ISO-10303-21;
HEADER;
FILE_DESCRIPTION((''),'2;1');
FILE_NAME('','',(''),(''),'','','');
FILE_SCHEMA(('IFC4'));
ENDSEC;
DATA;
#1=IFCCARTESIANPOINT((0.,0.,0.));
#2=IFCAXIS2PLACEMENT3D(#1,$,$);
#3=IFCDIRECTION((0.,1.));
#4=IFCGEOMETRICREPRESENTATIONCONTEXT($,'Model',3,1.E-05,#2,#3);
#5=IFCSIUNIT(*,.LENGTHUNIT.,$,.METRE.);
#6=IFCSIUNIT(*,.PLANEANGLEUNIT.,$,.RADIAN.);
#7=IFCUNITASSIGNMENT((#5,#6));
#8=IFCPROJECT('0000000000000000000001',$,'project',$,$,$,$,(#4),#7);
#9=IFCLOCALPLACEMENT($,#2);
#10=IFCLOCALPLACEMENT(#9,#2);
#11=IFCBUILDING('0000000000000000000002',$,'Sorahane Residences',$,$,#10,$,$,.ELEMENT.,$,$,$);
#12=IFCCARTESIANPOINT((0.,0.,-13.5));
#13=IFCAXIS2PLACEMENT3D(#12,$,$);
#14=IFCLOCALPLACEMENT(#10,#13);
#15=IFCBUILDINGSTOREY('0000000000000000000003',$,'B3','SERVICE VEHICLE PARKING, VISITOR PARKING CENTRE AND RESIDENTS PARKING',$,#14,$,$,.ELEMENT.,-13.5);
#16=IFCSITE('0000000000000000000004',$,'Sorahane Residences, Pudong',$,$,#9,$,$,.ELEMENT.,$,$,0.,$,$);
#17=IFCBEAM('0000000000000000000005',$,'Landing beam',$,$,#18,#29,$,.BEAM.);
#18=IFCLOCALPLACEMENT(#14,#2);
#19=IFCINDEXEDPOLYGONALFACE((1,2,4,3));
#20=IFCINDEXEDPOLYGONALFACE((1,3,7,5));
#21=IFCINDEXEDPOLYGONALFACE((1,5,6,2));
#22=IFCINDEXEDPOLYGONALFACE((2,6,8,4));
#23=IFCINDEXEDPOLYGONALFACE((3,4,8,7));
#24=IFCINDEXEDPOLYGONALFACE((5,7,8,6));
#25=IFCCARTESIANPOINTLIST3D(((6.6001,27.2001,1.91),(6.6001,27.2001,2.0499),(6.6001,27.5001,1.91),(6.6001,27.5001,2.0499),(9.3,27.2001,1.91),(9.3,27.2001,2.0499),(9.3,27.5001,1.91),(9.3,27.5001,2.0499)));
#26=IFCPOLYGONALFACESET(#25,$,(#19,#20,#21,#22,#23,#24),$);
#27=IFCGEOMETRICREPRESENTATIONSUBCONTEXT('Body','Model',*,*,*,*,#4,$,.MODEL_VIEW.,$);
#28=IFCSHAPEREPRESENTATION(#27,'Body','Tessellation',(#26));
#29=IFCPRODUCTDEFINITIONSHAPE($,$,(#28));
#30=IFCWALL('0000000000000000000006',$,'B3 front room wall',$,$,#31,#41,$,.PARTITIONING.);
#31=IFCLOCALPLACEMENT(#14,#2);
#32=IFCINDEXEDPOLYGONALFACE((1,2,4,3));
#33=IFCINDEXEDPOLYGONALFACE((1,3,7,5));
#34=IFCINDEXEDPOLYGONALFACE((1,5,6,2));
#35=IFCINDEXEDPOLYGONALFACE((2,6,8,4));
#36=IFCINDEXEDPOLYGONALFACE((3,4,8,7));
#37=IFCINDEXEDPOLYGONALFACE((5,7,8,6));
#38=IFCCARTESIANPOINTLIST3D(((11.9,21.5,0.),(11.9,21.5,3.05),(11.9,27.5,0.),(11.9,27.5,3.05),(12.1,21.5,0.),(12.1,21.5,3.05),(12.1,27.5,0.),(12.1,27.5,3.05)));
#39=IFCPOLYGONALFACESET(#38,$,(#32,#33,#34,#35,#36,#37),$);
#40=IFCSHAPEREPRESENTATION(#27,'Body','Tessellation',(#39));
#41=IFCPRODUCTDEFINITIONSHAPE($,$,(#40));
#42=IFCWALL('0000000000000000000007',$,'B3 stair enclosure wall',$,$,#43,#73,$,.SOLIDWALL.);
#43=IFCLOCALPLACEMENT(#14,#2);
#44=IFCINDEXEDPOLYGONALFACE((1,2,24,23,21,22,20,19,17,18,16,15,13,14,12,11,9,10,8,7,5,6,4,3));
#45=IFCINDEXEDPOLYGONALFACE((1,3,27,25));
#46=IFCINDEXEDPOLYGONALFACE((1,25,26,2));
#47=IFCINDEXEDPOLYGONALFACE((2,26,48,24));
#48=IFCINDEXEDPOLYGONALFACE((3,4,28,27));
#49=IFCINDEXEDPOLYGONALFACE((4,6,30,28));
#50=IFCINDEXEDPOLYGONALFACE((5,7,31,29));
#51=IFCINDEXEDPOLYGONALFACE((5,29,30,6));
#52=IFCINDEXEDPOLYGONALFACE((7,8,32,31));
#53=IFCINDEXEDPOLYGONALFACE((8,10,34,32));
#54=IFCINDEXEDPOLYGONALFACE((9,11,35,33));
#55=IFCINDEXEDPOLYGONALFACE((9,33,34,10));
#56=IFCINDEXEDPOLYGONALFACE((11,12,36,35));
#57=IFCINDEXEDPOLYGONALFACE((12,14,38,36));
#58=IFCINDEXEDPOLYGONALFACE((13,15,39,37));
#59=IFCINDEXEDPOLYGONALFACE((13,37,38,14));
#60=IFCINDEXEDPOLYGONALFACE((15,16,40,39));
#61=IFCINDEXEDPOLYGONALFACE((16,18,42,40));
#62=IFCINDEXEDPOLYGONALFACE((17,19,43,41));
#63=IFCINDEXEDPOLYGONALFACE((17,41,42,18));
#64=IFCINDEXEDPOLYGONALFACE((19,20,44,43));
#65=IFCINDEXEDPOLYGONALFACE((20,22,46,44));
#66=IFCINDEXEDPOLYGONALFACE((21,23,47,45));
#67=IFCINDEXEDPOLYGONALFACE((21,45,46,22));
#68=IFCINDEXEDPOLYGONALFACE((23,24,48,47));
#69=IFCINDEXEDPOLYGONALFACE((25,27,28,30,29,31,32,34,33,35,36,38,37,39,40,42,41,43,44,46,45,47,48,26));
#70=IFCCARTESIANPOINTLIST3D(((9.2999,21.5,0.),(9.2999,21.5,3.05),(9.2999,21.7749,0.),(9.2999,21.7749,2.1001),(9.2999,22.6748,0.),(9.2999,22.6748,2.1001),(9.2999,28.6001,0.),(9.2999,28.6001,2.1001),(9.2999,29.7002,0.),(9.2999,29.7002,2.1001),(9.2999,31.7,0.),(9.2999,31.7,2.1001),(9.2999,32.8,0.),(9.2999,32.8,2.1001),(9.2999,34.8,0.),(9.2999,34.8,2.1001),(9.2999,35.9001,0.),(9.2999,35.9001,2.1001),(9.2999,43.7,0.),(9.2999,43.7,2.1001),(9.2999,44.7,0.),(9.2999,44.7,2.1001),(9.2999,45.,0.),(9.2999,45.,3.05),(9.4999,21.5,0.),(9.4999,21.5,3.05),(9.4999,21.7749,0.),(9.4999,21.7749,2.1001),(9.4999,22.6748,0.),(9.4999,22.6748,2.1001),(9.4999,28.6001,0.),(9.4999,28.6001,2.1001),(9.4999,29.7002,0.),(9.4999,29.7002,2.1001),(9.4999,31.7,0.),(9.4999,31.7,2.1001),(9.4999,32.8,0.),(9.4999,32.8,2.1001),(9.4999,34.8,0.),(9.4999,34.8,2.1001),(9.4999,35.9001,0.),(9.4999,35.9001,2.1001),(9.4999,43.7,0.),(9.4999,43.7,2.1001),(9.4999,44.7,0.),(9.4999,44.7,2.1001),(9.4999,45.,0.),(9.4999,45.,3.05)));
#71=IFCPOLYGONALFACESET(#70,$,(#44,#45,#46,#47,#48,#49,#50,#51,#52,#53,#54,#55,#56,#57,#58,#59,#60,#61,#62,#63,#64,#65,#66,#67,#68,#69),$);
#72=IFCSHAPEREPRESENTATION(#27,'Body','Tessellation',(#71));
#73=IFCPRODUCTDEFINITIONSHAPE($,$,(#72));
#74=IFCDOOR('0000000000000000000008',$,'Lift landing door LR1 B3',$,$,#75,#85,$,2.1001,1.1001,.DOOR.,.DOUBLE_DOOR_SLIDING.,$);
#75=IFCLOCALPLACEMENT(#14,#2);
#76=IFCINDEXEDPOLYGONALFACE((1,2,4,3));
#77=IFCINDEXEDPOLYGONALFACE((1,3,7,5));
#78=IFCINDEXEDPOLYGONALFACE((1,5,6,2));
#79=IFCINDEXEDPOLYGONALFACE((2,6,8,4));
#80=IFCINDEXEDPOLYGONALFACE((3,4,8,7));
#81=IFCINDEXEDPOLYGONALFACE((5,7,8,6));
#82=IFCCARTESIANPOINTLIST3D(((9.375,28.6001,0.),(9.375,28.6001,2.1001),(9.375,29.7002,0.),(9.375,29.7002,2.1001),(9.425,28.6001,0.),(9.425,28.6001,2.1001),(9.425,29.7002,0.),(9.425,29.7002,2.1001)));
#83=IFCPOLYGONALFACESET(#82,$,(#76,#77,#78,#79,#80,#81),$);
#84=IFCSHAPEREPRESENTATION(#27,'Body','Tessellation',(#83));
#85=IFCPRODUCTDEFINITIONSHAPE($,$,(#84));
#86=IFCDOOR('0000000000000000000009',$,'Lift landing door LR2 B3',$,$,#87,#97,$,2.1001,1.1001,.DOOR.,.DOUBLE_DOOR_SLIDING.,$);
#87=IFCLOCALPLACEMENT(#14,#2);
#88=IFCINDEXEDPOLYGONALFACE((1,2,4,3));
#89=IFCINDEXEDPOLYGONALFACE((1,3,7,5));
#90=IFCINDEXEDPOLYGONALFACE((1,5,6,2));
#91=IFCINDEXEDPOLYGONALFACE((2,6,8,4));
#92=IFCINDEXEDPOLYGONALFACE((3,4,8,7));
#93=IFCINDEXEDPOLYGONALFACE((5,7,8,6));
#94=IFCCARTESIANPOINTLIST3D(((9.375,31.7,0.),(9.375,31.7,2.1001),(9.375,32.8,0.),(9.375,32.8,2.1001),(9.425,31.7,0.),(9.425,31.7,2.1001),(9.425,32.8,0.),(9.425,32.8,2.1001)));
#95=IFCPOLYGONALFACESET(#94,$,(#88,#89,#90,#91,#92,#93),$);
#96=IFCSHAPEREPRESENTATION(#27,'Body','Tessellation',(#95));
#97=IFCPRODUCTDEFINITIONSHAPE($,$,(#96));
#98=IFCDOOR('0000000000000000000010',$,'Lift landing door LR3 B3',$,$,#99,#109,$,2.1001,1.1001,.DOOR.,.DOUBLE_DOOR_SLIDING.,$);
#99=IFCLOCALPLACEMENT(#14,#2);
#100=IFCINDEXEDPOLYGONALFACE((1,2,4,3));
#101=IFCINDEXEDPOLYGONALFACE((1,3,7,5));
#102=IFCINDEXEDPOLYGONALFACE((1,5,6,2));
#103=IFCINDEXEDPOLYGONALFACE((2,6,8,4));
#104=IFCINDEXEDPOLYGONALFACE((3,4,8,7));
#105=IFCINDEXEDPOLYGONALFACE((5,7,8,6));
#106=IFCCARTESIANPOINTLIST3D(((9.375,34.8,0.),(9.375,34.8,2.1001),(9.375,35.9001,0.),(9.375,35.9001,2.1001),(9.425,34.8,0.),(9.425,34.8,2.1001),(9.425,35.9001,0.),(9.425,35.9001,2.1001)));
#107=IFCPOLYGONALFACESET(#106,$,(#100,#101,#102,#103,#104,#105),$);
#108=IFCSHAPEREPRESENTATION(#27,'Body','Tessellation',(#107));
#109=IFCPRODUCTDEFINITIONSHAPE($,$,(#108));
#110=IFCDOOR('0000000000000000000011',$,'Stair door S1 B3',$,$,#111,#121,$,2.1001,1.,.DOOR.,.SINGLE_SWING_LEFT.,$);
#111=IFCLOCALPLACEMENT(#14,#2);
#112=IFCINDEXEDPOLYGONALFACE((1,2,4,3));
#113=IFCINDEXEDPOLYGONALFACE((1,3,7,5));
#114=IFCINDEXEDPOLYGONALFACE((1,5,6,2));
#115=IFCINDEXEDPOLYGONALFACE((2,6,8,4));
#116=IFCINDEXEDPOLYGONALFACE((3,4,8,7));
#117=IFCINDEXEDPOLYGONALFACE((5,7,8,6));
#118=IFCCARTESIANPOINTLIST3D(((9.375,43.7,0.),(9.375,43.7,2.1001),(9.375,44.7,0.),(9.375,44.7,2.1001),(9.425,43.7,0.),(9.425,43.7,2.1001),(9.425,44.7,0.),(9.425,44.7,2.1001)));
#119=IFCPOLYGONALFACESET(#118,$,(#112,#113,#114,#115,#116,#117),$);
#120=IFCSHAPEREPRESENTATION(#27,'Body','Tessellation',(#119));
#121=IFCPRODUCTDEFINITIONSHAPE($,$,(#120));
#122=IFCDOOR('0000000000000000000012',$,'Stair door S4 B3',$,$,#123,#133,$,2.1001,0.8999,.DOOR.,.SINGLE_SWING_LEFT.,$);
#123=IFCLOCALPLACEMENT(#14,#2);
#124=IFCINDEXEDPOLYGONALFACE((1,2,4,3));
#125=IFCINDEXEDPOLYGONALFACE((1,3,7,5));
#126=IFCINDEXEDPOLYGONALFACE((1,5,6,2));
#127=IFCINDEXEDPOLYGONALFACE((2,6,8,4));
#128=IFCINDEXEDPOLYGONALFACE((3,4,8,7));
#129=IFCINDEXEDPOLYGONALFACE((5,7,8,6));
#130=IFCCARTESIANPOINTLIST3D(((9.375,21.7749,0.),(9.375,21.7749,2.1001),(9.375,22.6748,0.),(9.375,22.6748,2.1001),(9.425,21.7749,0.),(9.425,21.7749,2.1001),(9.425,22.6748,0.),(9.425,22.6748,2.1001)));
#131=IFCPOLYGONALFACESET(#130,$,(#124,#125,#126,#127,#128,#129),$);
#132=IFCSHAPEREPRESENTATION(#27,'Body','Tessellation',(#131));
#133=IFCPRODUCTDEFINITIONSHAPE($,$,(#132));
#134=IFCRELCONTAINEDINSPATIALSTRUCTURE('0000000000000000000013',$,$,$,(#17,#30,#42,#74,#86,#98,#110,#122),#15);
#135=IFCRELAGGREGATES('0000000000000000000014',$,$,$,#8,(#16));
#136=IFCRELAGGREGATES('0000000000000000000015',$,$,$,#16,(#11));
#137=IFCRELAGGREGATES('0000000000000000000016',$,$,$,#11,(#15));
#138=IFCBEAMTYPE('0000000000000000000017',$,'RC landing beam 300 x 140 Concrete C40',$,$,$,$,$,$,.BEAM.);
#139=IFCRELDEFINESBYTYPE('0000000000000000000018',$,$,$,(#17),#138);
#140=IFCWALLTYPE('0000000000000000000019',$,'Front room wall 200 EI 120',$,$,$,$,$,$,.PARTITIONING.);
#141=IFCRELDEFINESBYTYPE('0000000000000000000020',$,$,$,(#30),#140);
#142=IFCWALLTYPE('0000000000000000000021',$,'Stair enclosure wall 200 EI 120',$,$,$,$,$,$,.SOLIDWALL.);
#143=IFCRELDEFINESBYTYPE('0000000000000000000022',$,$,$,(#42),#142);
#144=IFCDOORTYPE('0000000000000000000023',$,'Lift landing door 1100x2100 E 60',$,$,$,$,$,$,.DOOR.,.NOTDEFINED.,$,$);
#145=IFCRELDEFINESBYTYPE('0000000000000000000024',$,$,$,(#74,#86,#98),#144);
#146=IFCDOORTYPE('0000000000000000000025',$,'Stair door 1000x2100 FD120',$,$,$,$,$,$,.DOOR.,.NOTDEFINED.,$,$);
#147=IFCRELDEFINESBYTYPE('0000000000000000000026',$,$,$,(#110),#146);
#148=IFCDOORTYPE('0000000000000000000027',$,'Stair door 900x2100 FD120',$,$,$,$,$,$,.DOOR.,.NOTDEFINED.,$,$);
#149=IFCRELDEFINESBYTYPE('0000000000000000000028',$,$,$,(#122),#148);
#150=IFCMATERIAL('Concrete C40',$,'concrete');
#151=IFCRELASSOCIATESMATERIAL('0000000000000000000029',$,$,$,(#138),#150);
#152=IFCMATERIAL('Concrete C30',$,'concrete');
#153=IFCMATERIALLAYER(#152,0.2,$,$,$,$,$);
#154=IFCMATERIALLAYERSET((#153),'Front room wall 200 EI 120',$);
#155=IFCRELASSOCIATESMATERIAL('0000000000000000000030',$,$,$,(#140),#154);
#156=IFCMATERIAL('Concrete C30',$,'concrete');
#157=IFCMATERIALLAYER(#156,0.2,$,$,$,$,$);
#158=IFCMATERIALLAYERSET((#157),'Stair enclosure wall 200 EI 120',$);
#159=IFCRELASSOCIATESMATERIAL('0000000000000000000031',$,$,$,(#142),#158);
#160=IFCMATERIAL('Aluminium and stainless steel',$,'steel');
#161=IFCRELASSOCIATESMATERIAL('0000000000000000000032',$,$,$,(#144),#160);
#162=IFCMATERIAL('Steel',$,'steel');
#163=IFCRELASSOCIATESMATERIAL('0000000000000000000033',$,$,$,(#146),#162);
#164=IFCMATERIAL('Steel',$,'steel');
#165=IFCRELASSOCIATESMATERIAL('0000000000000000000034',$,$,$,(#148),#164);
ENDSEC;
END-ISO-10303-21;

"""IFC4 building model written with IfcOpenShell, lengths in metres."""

from ifc_helpers import new_model, si_unit, direction, frame, frame_2d, origin, origin_2d, place, context, subcontext, project, spatial, rectangle, extrude, material, layer, layer_set, material_profile, profile_set, type_object, element, fill, save


model = new_model("IFC4")

# Units and contexts
model_context = context("Model", 3, precision=1e-05, world=origin(), true_north=direction((0.0, 1.0)))
body_context = subcontext(model_context, "Body", "Model", "MODEL_VIEW")
ifc_project = project(units=[si_unit("LENGTHUNIT", "METRE"), si_unit("PLANEANGLEUNIT", "RADIAN")], contexts=[model_context])

# Site, building, storey
site_placement = place(None, origin())
site = spatial("IfcSite", under=ifc_project, at=site_placement, Name="Sorahane Residences, Pudong", CompositionType="ELEMENT", RefElevation=0.0)
building_placement = place(site_placement, origin())
building = spatial("IfcBuilding", under=site, at=building_placement, Name="Sorahane Residences", CompositionType="ELEMENT")
storey_placement = place(building_placement, frame((0.0, 0.0, -13.5)))
storey = spatial("IfcBuildingStorey", under=building, at=storey_placement, Name="B3", Description="SERVICE VEHICLE PARKING, VISITOR PARKING CENTRE AND RESIDENTS PARKING", CompositionType="ELEMENT", Elevation=-13.5)

# Beam
ifc_material_1 = material(Name="Concrete C40", Category="concrete")
ifc_material_profile_1 = material_profile(ifc_material_1, rectangle(XDim=0.3, YDim=0.1399, at=origin_2d()), Name="300x140")
ifc_profile_set_1 = profile_set([ifc_material_profile_1], Name="Concrete C40")
beam_type = type_object("IfcBeamType", Name="RC landing beam 300 x 140 Concrete C40", PredefinedType="BEAM", material=ifc_profile_set_1)
for number, where, z_axis, x_axis, name in (
    (1, (6.6001, 27.3501, 1.98), (1.0, 0.0, 0.0), (0.0, 1.0, 0.0), "Landing beam"),
):
    element("IfcBeam", number, at=place(storey_placement, frame(where, z_axis=z_axis, x_axis=x_axis)), inside=storey, type_object=beam_type, Name=name, PredefinedType="BEAM", context=body_context, shape_type="SweptSolid", body=[
        extrude(rectangle(XDim=0.3, YDim=0.1399, at=origin_2d()), origin(), (0.0, 0.0, 1.0), 2.7),
    ])

# Wall
ifc_material_2 = material(Name="Concrete C30", Category="concrete")
ifc_layer_1 = layer(ifc_material_2, 0.2)
ifc_layer_set_1 = layer_set([ifc_layer_1], Name="Front room wall 200 EI 120")
wall_type_1 = type_object("IfcWallType", Name="Front room wall 200 EI 120", PredefinedType="PARTITIONING", material=ifc_layer_set_1)
wall_1_placement = place(storey_placement, frame((12.0, 21.5, 0.0), z_axis=(0.0, 0.0, 1.0), x_axis=(0.0, 1.0, 0.0)))
element("IfcWall", 2, at=wall_1_placement, inside=storey, type_object=wall_type_1, Name="B3 front room wall", PredefinedType="PARTITIONING", context=body_context, shape_type="SweptSolid", body=[
    extrude(rectangle(XDim=6.0, YDim=0.2, at=frame_2d((3.0, 0.0))), origin(), (0.0, 0.0, 1.0), 3.05),
])

# Wall, openings, doors
ifc_material_3 = material(Name="Concrete C30", Category="concrete")
ifc_layer_2 = layer(ifc_material_3, 0.2)
ifc_layer_set_2 = layer_set([ifc_layer_2], Name="Stair enclosure wall 200 EI 120")
wall_type_2 = type_object("IfcWallType", Name="Stair enclosure wall 200 EI 120", PredefinedType="SOLIDWALL", material=ifc_layer_set_2)
wall_2_placement = place(storey_placement, frame((9.3999, 21.5, 0.0), z_axis=(0.0, 0.0, 1.0), x_axis=(0.0, 1.0, 0.0)))
wall_2 = element("IfcWall", 3, at=wall_2_placement, inside=storey, type_object=wall_type_2, Name="B3 stair enclosure wall", PredefinedType="SOLIDWALL", context=body_context, shape_type="SweptSolid", body=[
    extrude(rectangle(XDim=23.5, YDim=0.2, at=frame_2d((11.75, 0.0))), origin(), (0.0, 0.0, 1.0), 3.05),
])
opening_1_placement = place(wall_2_placement, frame((7.1001, 0.0, 0.0)))
opening_1 = element("IfcOpeningElement", 4, at=opening_1_placement, cuts=wall_2, PredefinedType="OPENING", context=body_context, shape_type="SweptSolid", body=[
    extrude(rectangle(XDim=1.1001, YDim=2.1001, at=frame_2d((0.55, 1.05))), frame((0.0, 0.1099, 0.0), z_axis=(0.0, -1.0, 0.0), x_axis=(1.0, 0.0, 0.0)), (0.0, 0.0, 1.0), 0.22),
])
opening_2_placement = place(wall_2_placement, frame((10.2, 0.0, 0.0)))
opening_2 = element("IfcOpeningElement", 5, at=opening_2_placement, cuts=wall_2, PredefinedType="OPENING", context=body_context, shape_type="SweptSolid", body=[
    extrude(rectangle(XDim=1.1001, YDim=2.1001, at=frame_2d((0.55, 1.05))), frame((0.0, 0.1099, 0.0), z_axis=(0.0, -1.0, 0.0), x_axis=(1.0, 0.0, 0.0)), (0.0, 0.0, 1.0), 0.22),
])
opening_3_placement = place(wall_2_placement, frame((13.3, 0.0, 0.0)))
opening_3 = element("IfcOpeningElement", 6, at=opening_3_placement, cuts=wall_2, PredefinedType="OPENING", context=body_context, shape_type="SweptSolid", body=[
    extrude(rectangle(XDim=1.1001, YDim=2.1001, at=frame_2d((0.55, 1.05))), frame((0.0, 0.1099, 0.0), z_axis=(0.0, -1.0, 0.0), x_axis=(1.0, 0.0, 0.0)), (0.0, 0.0, 1.0), 0.22),
])
opening_4_placement = place(wall_2_placement, frame((22.2, 0.0, 0.0)))
opening_4 = element("IfcOpeningElement", 7, at=opening_4_placement, cuts=wall_2, PredefinedType="OPENING", context=body_context, shape_type="SweptSolid", body=[
    extrude(rectangle(XDim=1.0, YDim=2.1001, at=frame_2d((0.5, 1.05))), frame((0.0, 0.1099, 0.0), z_axis=(0.0, -1.0, 0.0), x_axis=(1.0, 0.0, 0.0)), (0.0, 0.0, 1.0), 0.22),
])
opening_5_placement = place(wall_2_placement, frame((0.2749, 0.0, 0.0)))
opening_5 = element("IfcOpeningElement", 8, at=opening_5_placement, cuts=wall_2, PredefinedType="OPENING", context=body_context, shape_type="SweptSolid", body=[
    extrude(rectangle(XDim=0.8999, YDim=2.1001, at=frame_2d((0.45, 1.05))), frame((0.0, 0.1099, 0.0), z_axis=(0.0, -1.0, 0.0), x_axis=(1.0, 0.0, 0.0)), (0.0, 0.0, 1.0), 0.22),
])
ifc_material_4 = material(Name="Aluminium and stainless steel", Category="steel")
door_type_1 = type_object("IfcDoorType", Name="Lift landing door 1100x2100 E 60", OperationType="NOTDEFINED", PredefinedType="DOOR", material=ifc_material_4)
door_1_placement = place(opening_1_placement, origin())
door_1 = element("IfcDoor", 9, at=door_1_placement, inside=storey, type_object=door_type_1, Name="Lift landing door LR1 B3", OperationType="DOUBLE_DOOR_SLIDING", OverallHeight=2.1001, OverallWidth=1.1001, PredefinedType="DOOR", context=body_context, shape_type="SweptSolid", body=[
    extrude(rectangle(XDim=1.1001, YDim=2.1001, at=frame_2d((0.55, 1.05))), frame((0.0, 0.0249, 0.0), z_axis=(0.0, -1.0, 0.0), x_axis=(1.0, 0.0, 0.0)), (0.0, 0.0, 1.0), 0.05),
])
fill(opening_1, door_1)
door_2_placement = place(opening_2_placement, origin())
door_2 = element("IfcDoor", 10, at=door_2_placement, inside=storey, type_object=door_type_1, Name="Lift landing door LR2 B3", OperationType="DOUBLE_DOOR_SLIDING", OverallHeight=2.1001, OverallWidth=1.1001, PredefinedType="DOOR", context=body_context, shape_type="SweptSolid", body=[
    extrude(rectangle(XDim=1.1001, YDim=2.1001, at=frame_2d((0.55, 1.05))), frame((0.0, 0.0249, 0.0), z_axis=(0.0, -1.0, 0.0), x_axis=(1.0, 0.0, 0.0)), (0.0, 0.0, 1.0), 0.05),
])
fill(opening_2, door_2)
door_3_placement = place(opening_3_placement, origin())
door_3 = element("IfcDoor", 11, at=door_3_placement, inside=storey, type_object=door_type_1, Name="Lift landing door LR3 B3", OperationType="DOUBLE_DOOR_SLIDING", OverallHeight=2.1001, OverallWidth=1.1001, PredefinedType="DOOR", context=body_context, shape_type="SweptSolid", body=[
    extrude(rectangle(XDim=1.1001, YDim=2.1001, at=frame_2d((0.55, 1.05))), frame((0.0, 0.0249, 0.0), z_axis=(0.0, -1.0, 0.0), x_axis=(1.0, 0.0, 0.0)), (0.0, 0.0, 1.0), 0.05),
])
fill(opening_3, door_3)
ifc_material_5 = material(Name="Steel", Category="steel")
door_type_2 = type_object("IfcDoorType", Name="Stair door 1000x2100 FD120", OperationType="NOTDEFINED", PredefinedType="DOOR", material=ifc_material_5)
door_4_placement = place(opening_4_placement, origin())
door_4 = element("IfcDoor", 12, at=door_4_placement, inside=storey, type_object=door_type_2, Name="Stair door S1 B3", OperationType="SINGLE_SWING_LEFT", OverallHeight=2.1001, OverallWidth=1.0, PredefinedType="DOOR", context=body_context, shape_type="SweptSolid", body=[
    extrude(rectangle(XDim=1.0, YDim=2.1001, at=frame_2d((0.5, 1.05))), frame((0.0, 0.0249, 0.0), z_axis=(0.0, -1.0, 0.0), x_axis=(1.0, 0.0, 0.0)), (0.0, 0.0, 1.0), 0.05),
])
fill(opening_4, door_4)
ifc_material_6 = material(Name="Steel", Category="steel")
door_type_3 = type_object("IfcDoorType", Name="Stair door 900x2100 FD120", OperationType="NOTDEFINED", PredefinedType="DOOR", material=ifc_material_6)
door_5_placement = place(opening_5_placement, origin())
door_5 = element("IfcDoor", 13, at=door_5_placement, inside=storey, type_object=door_type_3, Name="Stair door S4 B3", OperationType="SINGLE_SWING_LEFT", OverallHeight=2.1001, OverallWidth=0.8999, PredefinedType="DOOR", context=body_context, shape_type="SweptSolid", body=[
    extrude(rectangle(XDim=0.8999, YDim=2.1001, at=frame_2d((0.45, 1.05))), frame((0.0, 0.0249, 0.0), z_axis=(0.0, -1.0, 0.0), x_axis=(1.0, 0.0, 0.0)), (0.0, 0.0, 1.0), 0.05),
])
fill(opening_5, door_5)

save(model, "model.ifc")
